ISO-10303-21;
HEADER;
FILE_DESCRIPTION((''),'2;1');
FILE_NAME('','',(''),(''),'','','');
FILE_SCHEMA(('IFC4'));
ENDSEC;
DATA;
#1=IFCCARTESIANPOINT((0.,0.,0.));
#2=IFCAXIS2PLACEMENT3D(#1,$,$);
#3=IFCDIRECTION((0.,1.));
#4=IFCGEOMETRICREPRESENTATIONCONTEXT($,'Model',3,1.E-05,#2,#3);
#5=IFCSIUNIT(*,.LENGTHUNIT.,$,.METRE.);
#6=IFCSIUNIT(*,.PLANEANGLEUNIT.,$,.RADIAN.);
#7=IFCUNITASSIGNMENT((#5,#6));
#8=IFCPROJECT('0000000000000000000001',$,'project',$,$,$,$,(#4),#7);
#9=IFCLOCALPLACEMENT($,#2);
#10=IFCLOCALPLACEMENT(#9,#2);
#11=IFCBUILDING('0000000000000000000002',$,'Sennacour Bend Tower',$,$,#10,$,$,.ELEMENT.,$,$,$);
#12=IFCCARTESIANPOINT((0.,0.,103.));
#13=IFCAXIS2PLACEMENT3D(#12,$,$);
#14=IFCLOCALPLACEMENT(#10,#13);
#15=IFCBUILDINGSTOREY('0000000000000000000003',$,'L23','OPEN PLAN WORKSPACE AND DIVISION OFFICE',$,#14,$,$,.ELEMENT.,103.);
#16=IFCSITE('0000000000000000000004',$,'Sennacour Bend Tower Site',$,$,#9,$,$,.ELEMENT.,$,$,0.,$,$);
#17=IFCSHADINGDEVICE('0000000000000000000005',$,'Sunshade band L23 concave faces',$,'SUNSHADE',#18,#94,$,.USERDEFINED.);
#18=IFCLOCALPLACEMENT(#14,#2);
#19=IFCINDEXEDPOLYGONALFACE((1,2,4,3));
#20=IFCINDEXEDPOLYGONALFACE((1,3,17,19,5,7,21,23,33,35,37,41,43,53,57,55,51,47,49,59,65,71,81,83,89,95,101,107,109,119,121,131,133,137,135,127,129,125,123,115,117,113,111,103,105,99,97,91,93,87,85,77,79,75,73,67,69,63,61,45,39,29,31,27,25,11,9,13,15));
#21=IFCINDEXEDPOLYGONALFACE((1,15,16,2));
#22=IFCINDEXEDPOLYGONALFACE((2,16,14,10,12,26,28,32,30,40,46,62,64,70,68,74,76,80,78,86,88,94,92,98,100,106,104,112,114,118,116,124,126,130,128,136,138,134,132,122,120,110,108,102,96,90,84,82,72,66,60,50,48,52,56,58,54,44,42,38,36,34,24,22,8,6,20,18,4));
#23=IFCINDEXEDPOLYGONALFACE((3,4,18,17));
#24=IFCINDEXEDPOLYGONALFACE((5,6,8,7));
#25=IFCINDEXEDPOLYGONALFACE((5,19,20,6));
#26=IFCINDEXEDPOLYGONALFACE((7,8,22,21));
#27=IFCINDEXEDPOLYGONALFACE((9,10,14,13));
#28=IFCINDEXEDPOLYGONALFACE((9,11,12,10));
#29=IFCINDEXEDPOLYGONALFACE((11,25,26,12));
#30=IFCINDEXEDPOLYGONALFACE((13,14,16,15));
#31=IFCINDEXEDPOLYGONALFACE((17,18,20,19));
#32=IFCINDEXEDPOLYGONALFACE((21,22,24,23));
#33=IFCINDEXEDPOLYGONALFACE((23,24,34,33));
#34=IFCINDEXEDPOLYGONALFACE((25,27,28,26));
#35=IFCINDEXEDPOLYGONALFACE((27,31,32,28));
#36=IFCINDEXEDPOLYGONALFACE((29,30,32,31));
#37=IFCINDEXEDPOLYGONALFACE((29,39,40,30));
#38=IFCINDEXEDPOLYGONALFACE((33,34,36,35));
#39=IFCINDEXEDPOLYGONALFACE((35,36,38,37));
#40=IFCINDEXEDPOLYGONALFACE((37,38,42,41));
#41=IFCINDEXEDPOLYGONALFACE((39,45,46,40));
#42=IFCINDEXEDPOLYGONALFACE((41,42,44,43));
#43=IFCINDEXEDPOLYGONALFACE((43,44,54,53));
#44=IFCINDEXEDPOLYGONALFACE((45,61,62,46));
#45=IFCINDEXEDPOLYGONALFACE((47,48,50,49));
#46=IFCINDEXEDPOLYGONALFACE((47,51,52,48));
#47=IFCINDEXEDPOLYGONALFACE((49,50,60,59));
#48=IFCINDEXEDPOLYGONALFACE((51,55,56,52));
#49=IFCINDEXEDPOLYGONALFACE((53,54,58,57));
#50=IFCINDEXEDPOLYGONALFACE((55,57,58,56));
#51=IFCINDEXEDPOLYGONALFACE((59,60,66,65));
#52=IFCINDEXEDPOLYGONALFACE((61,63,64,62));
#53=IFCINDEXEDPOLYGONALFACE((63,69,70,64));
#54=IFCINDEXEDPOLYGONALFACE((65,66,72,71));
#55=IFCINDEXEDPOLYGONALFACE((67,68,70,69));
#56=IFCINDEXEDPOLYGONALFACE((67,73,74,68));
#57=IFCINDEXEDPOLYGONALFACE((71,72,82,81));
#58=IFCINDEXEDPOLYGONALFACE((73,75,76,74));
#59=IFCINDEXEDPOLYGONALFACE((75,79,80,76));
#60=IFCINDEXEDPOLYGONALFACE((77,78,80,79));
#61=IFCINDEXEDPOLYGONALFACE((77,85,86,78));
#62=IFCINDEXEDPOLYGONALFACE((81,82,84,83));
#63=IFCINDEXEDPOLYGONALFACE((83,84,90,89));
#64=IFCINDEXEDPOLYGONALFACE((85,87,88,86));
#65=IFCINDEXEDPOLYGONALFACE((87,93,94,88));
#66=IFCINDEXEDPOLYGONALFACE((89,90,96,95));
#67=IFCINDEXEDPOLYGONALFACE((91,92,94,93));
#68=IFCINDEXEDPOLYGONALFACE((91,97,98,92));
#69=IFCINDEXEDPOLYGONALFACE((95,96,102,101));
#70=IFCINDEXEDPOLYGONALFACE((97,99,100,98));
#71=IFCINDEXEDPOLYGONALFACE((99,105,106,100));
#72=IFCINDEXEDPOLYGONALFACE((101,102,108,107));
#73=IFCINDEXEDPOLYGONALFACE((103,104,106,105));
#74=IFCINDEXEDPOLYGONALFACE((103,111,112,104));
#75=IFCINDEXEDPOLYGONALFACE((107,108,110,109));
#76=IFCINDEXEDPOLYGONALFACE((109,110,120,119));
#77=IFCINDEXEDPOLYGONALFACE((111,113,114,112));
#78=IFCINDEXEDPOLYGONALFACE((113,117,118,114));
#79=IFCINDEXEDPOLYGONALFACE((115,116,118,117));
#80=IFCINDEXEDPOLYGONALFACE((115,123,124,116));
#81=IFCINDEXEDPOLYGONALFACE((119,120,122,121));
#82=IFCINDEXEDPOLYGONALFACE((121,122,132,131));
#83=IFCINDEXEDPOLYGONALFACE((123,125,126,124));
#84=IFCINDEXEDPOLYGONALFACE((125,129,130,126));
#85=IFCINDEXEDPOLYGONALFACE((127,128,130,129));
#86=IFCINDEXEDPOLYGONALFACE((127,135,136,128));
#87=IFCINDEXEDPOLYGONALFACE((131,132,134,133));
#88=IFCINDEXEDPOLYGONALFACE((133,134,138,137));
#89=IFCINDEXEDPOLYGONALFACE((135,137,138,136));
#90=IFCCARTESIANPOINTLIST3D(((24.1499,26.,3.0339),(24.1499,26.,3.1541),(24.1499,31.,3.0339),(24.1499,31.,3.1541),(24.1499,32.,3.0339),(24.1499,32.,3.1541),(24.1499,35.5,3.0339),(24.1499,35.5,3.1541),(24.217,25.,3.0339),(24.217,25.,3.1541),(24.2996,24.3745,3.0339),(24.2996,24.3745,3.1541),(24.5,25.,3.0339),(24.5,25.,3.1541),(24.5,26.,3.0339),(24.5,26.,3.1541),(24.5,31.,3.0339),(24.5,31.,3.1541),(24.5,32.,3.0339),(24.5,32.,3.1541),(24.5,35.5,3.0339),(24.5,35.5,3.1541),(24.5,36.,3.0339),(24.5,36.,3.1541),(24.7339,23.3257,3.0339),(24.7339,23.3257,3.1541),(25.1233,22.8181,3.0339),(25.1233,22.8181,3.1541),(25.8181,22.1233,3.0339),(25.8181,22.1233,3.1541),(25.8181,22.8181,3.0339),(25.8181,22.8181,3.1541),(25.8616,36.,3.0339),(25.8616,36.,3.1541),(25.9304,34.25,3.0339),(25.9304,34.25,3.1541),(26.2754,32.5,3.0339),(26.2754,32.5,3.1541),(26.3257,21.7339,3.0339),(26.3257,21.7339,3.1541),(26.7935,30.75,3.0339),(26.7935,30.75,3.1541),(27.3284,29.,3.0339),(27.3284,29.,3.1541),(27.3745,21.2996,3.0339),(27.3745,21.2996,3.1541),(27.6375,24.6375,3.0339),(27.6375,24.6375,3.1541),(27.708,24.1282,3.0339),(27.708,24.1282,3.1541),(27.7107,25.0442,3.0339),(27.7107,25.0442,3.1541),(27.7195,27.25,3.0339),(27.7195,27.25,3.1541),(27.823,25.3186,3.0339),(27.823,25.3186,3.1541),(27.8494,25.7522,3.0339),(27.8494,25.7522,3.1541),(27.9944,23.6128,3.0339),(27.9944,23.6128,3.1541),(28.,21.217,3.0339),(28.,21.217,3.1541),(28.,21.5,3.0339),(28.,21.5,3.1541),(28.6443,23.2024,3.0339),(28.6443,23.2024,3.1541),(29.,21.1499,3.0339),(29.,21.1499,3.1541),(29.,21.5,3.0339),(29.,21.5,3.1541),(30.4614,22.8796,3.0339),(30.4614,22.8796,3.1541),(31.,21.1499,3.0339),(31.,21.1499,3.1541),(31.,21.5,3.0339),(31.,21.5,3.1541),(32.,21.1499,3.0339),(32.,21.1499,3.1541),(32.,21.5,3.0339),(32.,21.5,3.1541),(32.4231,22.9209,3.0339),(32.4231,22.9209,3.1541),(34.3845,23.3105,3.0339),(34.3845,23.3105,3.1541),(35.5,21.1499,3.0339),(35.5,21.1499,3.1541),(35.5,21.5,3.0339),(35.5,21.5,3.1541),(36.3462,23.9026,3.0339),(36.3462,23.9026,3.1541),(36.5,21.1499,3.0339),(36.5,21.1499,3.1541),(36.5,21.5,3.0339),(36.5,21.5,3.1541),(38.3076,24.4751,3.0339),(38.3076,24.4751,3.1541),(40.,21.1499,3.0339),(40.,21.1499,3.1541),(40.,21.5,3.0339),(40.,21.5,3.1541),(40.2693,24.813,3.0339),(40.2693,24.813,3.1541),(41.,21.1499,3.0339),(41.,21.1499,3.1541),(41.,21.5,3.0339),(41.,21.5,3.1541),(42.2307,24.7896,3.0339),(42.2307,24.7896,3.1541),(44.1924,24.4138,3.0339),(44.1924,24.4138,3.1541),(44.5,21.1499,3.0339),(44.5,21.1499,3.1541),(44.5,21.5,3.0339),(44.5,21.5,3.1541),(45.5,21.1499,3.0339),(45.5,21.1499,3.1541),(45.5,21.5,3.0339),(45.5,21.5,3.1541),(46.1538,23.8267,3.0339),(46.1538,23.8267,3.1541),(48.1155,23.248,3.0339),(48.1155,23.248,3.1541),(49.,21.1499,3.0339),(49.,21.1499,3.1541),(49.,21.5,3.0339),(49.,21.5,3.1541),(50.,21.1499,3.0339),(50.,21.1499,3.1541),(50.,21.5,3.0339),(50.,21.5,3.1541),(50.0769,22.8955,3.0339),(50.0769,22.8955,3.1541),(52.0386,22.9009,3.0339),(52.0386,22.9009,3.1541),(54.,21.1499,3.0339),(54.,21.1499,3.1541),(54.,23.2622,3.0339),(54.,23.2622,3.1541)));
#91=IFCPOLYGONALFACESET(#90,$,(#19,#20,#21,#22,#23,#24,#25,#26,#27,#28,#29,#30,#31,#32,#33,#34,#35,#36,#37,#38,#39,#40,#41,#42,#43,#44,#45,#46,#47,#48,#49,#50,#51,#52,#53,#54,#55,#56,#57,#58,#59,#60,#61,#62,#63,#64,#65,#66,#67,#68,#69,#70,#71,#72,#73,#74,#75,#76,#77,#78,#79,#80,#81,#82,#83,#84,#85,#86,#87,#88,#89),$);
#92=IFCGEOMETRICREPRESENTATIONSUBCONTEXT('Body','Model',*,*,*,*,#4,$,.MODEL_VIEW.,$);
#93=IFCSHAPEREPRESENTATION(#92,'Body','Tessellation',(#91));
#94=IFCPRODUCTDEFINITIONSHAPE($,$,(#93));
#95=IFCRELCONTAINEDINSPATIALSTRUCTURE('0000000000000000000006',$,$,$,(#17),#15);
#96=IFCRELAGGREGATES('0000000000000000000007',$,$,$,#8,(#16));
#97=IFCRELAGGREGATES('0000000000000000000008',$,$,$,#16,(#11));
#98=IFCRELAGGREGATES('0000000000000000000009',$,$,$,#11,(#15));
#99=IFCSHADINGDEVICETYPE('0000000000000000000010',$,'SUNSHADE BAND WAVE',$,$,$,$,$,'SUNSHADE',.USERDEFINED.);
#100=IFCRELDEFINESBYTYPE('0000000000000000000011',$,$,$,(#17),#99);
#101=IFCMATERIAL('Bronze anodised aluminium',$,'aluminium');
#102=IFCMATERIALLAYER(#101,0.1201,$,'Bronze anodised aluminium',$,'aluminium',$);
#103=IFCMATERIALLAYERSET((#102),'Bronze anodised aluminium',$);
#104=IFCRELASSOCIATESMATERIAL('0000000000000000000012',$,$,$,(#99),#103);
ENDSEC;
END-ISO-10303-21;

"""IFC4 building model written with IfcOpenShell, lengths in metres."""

from ifc_helpers import new_model, si_unit, direction, frame, origin, place, context, subcontext, project, spatial, polyline, outline, extrude, material, layer, layer_set, type_object, element, save


model = new_model("IFC4")

# Units and contexts
model_context = context("Model", 3, precision=1e-05, world=origin(), true_north=direction((0.0, 1.0)))
body_context = subcontext(model_context, "Body", "Model", "MODEL_VIEW")
ifc_project = project(units=[si_unit("LENGTHUNIT", "METRE"), si_unit("PLANEANGLEUNIT", "RADIAN")], contexts=[model_context])

# Site, building, storey
site_placement = place(None, origin())
site = spatial("IfcSite", under=ifc_project, at=site_placement, Name="Sennacour Bend Tower Site", CompositionType="ELEMENT", RefElevation=0.0)
building_placement = place(site_placement, origin())
building = spatial("IfcBuilding", under=site, at=building_placement, Name="Sennacour Bend Tower", CompositionType="ELEMENT")
storey_placement = place(building_placement, frame((0.0, 0.0, 103.0)))
storey = spatial("IfcBuildingStorey", under=building, at=storey_placement, Name="L23", Description="OPEN PLAN WORKSPACE AND DIVISION OFFICE", CompositionType="ELEMENT", Elevation=103.0)

# Shading device
ifc_material_1 = material(Name="Bronze anodised aluminium", Category="aluminium")
ifc_layer_1 = layer(ifc_material_1, 0.1201, Name="Bronze anodised aluminium", Category="aluminium")
ifc_layer_set_1 = layer_set([ifc_layer_1], Name="Bronze anodised aluminium")
shading_device_type_1 = type_object("IfcShadingDeviceType", Name="SUNSHADE BAND WAVE", ElementType="SUNSHADE", PredefinedType="USERDEFINED", material=ifc_layer_set_1)
shading_device_1_placement = place(storey_placement, frame((0.0, 0.0, 3.0339)))
element("IfcShadingDevice", 1, at=shading_device_1_placement, inside=storey, type_object=shading_device_type_1, Name="Sunshade band L23 concave faces", ObjectType="SUNSHADE", PredefinedType="USERDEFINED", context=body_context, shape_type="SweptSolid", body=[
    extrude(outline(polyline([(54.0, 21.1499), (50.0, 21.1499), (50.0, 21.5), (49.0, 21.5), (49.0, 21.1499), (45.5, 21.1499), (45.5, 21.5), (44.5, 21.5), (44.5, 21.1499), (41.0, 21.1499), (41.0, 21.5), (40.0, 21.5), (40.0, 21.1499), (36.5, 21.1499), (36.5, 21.5), (35.5, 21.5), (35.5, 21.1499), (32.0, 21.1499), (32.0, 21.5), (31.0, 21.5), (31.0, 21.1499), (29.0, 21.1499), (29.0, 21.5), (28.0, 21.5), (28.0, 21.217), (27.3745, 21.2996), (26.3257, 21.7339), (25.8181, 22.1233), (25.8181, 22.8181), (25.1233, 22.8181), (24.7339, 23.3257), (24.2996, 24.3745), (24.217, 25.0), (24.5, 25.0), (24.5, 26.0), (24.1499, 26.0), (24.1499, 31.0), (24.5, 31.0), (24.5, 32.0), (24.1499, 32.0), (24.1499, 35.5), (24.5, 35.5), (24.5, 36.0), (25.8616, 36.0), (25.9304, 34.25), (26.2754, 32.5), (26.7935, 30.75), (27.3284, 29.0), (27.7195, 27.25), (27.8494, 25.7522), (27.823, 25.3186), (27.7107, 25.0442), (27.6375, 24.6375), (27.708, 24.1282), (27.9944, 23.6128), (28.6443, 23.2024), (30.4614, 22.8796), (32.4231, 22.9209), (34.3845, 23.3105), (36.3462, 23.9026), (38.3076, 24.4751), (40.2693, 24.813), (42.2307, 24.7896), (44.1924, 24.4138), (46.1538, 23.8267), (48.1155, 23.248), (50.0769, 22.8955), (52.0386, 22.9009), (54.0, 23.2622), (54.0, 21.1499)])), origin(), (0.0, 0.0, 1.0), 0.1201),
])

save(model, "model.ifc")
